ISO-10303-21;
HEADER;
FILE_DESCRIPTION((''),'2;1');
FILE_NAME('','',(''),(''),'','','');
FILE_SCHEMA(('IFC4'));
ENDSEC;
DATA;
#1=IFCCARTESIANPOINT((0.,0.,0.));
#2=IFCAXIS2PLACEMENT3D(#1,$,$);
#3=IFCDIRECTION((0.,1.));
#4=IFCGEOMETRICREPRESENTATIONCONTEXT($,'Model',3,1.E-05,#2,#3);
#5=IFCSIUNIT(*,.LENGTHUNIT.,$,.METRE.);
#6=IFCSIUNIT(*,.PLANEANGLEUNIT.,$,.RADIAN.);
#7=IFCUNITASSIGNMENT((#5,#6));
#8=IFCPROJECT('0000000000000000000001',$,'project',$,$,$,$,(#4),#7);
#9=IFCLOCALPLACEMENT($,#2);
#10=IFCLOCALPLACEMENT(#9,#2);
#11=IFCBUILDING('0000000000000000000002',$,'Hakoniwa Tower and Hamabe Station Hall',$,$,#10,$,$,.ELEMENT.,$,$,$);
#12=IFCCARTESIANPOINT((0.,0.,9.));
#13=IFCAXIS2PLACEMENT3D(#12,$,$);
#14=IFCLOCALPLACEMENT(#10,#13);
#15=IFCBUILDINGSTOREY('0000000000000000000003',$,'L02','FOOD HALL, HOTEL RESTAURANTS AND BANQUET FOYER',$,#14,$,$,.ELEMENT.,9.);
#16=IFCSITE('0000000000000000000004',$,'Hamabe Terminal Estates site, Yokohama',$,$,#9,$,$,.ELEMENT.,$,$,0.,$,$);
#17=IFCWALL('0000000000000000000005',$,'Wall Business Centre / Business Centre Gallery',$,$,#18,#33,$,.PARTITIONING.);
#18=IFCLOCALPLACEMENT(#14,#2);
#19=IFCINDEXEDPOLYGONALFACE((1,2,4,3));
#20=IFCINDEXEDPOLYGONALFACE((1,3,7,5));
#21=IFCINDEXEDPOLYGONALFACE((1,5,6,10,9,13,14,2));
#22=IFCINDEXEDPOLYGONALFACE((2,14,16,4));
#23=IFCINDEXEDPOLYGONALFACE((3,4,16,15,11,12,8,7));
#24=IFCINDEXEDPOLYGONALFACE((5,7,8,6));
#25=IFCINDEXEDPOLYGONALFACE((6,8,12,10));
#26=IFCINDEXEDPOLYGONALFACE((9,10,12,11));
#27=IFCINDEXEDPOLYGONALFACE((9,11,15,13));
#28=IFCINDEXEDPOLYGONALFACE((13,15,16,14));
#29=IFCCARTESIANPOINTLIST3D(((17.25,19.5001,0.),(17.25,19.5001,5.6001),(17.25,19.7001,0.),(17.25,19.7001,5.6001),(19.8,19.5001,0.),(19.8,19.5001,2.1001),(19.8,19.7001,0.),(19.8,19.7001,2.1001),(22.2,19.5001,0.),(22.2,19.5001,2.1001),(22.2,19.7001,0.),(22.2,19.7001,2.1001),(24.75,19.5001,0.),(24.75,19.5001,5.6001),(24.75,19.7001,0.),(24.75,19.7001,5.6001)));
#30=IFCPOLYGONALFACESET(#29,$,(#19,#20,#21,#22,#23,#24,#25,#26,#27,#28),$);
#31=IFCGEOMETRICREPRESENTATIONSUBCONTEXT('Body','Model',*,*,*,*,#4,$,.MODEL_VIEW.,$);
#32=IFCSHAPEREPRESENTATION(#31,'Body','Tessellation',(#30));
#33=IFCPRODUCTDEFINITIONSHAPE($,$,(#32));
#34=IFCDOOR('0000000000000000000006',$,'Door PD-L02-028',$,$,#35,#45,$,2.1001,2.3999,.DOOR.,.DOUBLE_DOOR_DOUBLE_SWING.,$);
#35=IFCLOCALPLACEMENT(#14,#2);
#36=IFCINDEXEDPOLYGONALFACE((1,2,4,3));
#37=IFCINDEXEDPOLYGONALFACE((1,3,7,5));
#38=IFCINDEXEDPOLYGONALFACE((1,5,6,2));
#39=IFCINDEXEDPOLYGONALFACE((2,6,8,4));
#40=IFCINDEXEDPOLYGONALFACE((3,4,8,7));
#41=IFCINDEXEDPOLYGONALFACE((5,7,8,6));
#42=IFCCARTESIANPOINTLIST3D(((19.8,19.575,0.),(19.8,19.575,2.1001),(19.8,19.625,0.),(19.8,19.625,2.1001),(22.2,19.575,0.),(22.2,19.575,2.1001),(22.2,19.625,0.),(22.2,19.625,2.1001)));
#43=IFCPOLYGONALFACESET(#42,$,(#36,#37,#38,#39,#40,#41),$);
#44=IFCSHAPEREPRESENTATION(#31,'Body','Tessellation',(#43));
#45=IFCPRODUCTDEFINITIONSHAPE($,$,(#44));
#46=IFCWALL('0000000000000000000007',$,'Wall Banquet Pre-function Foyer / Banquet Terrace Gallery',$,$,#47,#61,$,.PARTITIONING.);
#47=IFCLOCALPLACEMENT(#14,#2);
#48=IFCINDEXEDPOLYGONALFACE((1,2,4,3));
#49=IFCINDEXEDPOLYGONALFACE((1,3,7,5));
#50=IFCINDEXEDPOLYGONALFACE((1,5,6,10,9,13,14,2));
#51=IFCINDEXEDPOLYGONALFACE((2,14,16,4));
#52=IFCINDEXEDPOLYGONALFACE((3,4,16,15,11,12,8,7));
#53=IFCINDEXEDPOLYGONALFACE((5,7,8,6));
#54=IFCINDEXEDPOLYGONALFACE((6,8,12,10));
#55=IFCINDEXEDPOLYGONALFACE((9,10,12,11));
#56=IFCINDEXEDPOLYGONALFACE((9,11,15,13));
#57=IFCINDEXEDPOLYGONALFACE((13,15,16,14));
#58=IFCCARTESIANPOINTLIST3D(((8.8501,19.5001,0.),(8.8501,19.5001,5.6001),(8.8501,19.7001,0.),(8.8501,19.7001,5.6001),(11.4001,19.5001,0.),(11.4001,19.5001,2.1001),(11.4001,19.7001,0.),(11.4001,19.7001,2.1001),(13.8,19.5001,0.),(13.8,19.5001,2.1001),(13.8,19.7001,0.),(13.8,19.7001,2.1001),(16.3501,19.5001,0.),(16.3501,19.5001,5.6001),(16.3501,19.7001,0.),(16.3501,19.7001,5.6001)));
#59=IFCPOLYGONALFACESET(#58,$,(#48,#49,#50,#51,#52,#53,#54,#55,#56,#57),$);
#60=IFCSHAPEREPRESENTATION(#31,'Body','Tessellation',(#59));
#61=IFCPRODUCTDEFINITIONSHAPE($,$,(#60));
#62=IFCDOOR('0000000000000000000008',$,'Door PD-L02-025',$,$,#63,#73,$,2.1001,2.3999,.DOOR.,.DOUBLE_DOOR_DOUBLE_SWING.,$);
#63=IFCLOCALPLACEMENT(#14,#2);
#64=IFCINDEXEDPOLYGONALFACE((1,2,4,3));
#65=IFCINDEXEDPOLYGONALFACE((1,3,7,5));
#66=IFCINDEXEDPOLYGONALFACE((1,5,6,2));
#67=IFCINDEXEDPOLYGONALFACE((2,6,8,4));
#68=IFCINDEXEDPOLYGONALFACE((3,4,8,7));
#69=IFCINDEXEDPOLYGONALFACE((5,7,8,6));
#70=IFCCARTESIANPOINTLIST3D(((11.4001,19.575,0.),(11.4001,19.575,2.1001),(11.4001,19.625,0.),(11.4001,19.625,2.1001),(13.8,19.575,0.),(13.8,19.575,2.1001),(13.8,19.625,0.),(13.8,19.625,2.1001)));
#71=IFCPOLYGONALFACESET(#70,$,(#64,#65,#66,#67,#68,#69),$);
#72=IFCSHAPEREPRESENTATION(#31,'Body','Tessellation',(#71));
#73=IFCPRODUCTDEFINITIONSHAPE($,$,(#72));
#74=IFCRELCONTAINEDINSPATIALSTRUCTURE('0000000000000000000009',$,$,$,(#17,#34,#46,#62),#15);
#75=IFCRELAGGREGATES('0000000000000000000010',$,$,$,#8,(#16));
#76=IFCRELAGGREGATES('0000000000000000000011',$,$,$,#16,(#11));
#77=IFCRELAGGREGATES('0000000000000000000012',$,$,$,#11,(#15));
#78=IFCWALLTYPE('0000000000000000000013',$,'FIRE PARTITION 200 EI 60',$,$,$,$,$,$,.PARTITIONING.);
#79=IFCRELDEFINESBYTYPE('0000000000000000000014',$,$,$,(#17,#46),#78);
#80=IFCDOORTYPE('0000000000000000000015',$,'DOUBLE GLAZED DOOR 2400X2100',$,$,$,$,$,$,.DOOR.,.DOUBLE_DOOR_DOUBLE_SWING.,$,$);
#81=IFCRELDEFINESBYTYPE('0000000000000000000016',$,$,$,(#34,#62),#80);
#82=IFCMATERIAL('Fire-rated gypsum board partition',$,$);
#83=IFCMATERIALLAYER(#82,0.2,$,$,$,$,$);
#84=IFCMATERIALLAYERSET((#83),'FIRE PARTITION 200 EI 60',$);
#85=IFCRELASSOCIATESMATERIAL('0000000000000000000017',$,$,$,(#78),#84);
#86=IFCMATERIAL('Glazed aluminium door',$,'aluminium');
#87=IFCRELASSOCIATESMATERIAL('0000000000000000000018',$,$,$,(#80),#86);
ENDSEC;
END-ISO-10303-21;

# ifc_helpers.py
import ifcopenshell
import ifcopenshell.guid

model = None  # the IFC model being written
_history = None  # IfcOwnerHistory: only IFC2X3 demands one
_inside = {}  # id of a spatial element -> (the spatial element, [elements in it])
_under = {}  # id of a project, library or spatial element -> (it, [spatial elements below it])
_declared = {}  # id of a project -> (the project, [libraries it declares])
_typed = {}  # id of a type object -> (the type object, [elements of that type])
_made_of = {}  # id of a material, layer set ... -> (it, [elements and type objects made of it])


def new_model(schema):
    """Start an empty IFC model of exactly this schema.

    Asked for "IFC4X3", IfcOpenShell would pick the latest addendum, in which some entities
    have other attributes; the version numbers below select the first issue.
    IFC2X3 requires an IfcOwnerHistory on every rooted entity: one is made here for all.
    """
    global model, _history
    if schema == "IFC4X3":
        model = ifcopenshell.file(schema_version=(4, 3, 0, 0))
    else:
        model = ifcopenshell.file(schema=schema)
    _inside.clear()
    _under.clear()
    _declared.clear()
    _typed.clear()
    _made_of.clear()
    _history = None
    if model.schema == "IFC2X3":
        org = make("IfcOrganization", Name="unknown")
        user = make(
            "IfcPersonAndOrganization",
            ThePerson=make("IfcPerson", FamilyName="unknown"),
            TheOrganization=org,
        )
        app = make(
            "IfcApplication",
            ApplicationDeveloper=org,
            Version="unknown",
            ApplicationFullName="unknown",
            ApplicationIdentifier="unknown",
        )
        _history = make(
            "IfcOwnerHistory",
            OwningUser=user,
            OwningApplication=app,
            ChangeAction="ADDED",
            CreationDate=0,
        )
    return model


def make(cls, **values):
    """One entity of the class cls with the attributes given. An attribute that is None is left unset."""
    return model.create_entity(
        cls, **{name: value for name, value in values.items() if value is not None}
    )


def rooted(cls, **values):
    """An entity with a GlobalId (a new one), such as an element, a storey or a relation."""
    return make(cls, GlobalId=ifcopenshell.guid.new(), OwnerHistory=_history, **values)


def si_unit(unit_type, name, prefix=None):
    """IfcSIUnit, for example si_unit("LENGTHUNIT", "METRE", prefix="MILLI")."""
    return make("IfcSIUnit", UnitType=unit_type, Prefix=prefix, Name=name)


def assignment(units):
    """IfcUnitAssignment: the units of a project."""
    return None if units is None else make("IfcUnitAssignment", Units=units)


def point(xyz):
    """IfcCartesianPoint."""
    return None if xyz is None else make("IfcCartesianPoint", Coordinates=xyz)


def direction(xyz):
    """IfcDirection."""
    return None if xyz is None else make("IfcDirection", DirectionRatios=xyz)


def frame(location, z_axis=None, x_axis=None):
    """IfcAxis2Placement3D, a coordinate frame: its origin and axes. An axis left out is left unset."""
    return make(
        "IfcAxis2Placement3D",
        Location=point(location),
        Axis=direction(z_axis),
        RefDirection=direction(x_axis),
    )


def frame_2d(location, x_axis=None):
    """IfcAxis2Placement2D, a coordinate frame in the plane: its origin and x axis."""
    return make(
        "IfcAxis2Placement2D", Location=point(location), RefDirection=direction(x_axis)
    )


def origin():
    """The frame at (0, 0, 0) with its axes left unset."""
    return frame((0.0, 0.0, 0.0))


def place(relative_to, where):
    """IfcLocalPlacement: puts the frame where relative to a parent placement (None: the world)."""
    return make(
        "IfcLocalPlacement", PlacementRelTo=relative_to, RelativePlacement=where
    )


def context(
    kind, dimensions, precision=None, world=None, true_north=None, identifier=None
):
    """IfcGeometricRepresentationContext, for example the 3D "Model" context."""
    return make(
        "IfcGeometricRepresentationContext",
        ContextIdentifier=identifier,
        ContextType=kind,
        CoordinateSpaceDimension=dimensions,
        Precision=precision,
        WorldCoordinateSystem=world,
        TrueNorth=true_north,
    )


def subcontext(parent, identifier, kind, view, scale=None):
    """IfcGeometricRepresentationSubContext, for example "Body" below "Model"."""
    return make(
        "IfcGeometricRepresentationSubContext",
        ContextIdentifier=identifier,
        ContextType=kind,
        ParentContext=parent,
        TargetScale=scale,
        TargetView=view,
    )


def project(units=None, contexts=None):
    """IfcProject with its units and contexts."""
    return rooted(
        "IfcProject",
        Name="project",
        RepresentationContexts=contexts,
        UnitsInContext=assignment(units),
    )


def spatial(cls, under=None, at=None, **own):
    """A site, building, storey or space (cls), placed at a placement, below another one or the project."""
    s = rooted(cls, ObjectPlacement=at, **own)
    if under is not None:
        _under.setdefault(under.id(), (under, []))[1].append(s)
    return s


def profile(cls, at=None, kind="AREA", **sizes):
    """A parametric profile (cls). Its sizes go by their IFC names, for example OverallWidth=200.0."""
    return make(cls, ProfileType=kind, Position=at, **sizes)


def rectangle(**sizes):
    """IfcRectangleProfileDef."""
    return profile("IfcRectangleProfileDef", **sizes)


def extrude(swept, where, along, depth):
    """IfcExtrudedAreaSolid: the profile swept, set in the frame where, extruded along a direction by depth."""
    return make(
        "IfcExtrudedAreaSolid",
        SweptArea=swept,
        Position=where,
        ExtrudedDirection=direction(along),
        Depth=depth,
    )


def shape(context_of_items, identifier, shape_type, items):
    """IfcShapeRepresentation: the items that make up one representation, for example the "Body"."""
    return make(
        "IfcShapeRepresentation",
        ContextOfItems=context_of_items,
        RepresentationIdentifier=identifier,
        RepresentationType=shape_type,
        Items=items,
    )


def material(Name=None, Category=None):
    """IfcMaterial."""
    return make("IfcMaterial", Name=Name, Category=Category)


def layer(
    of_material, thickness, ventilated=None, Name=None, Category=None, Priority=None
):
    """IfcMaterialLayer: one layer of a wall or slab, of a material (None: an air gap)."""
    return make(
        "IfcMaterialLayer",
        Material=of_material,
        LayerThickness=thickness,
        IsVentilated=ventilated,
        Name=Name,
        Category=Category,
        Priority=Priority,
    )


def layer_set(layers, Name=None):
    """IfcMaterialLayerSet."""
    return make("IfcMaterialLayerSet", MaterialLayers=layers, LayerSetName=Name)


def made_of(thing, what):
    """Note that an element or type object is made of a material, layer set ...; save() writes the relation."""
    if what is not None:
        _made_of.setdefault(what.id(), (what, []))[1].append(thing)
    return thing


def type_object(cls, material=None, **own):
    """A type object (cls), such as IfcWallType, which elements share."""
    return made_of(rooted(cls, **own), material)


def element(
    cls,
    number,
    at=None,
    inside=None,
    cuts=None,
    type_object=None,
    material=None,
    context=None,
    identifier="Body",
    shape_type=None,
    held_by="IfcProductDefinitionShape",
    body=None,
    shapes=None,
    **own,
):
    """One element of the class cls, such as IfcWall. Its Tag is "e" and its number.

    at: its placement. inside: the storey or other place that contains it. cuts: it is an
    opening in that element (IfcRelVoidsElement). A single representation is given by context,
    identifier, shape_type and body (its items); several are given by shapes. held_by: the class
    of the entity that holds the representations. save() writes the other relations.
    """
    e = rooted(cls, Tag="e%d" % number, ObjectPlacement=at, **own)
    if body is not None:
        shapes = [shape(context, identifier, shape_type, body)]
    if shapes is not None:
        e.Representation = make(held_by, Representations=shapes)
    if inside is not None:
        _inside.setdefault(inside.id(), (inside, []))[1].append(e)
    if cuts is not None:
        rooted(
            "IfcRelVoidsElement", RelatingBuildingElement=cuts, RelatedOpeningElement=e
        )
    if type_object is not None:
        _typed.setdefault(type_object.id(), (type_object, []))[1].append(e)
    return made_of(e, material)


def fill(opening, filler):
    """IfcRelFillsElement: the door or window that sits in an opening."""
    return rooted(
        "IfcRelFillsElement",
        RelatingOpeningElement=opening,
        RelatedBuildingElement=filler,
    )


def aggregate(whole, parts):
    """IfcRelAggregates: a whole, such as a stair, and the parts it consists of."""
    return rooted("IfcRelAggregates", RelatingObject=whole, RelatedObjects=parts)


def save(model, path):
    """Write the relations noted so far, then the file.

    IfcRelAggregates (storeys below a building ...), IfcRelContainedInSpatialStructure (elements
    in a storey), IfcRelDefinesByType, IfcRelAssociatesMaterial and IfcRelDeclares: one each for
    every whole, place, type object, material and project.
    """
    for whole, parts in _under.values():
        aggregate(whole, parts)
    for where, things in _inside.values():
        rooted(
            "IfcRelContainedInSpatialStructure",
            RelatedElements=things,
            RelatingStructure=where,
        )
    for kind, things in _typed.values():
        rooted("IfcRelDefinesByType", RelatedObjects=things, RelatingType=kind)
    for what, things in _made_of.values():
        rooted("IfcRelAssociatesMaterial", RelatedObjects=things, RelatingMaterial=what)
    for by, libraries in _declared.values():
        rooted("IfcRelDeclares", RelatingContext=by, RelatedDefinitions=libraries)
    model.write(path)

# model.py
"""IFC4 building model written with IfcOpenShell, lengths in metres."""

from ifc_helpers import new_model, si_unit, direction, frame, frame_2d, origin, place, context, subcontext, project, spatial, rectangle, extrude, material, layer, layer_set, type_object, element, fill, save


model = new_model("IFC4")

# Units and contexts
model_context = context("Model", 3, precision=1e-05, world=origin(), true_north=direction((0.0, 1.0)))
body_context = subcontext(model_context, "Body", "Model", "MODEL_VIEW")
ifc_project = project(units=[si_unit("LENGTHUNIT", "METRE"), si_unit("PLANEANGLEUNIT", "RADIAN")], contexts=[model_context])

# Site, building, storey
site_placement = place(None, origin())
site = spatial("IfcSite", under=ifc_project, at=site_placement, Name="Hamabe Terminal Estates site, Yokohama", CompositionType="ELEMENT", RefElevation=0.0)
building_placement = place(site_placement, origin())
building = spatial("IfcBuilding", under=site, at=building_placement, Name="Hakoniwa Tower and Hamabe Station Hall", CompositionType="ELEMENT")
storey_placement = place(building_placement, frame((0.0, 0.0, 9.0)))
storey = spatial("IfcBuildingStorey", under=building, at=storey_placement, Name="L02", Description="FOOD HALL, HOTEL RESTAURANTS AND BANQUET FOYER", CompositionType="ELEMENT", Elevation=9.0)

# Walls, openings, doors
ifc_material_1 = material(Name="Fire-rated gypsum board partition")
ifc_layer_1 = layer(ifc_material_1, 0.2)
ifc_layer_set_1 = layer_set([ifc_layer_1], Name="FIRE PARTITION 200 EI 60")
wall_type = type_object("IfcWallType", Name="FIRE PARTITION 200 EI 60", PredefinedType="PARTITIONING", material=ifc_layer_set_1)
wall_1_placement = place(storey_placement, frame((17.25, 19.6001, 0.0), z_axis=(0.0, 0.0, 1.0), x_axis=(1.0, 0.0, 0.0)))
wall_1 = element("IfcWall", 1, at=wall_1_placement, inside=storey, type_object=wall_type, Name="Wall Business Centre / Business Centre Gallery", PredefinedType="PARTITIONING", context=body_context, shape_type="SweptSolid", body=[
    extrude(rectangle(XDim=7.5, YDim=0.2, at=frame_2d((3.75, 0.0))), origin(), (0.0, 0.0, 1.0), 5.6001),
])
opening_1_placement = place(wall_1_placement, frame((2.55, 0.0, 0.0)))
opening_1 = element("IfcOpeningElement", 2, at=opening_1_placement, cuts=wall_1, PredefinedType="OPENING", context=body_context, shape_type="SweptSolid", body=[
    extrude(rectangle(XDim=2.3999, YDim=2.1001, at=frame_2d((1.2, 1.05))), frame((0.0, 0.1099, 0.0), z_axis=(0.0, -1.0, 0.0), x_axis=(1.0, 0.0, 0.0)), (0.0, 0.0, 1.0), 0.22),
])
ifc_material_2 = material(Name="Glazed aluminium door", Category="aluminium")
door_type_1 = type_object("IfcDoorType", Name="DOUBLE GLAZED DOOR 2400X2100", OperationType="DOUBLE_DOOR_DOUBLE_SWING", PredefinedType="DOOR", material=ifc_material_2)
door_1_placement = place(opening_1_placement, origin())
door_1 = element("IfcDoor", 3, at=door_1_placement, inside=storey, type_object=door_type_1, Name="Door PD-L02-028", OperationType="DOUBLE_DOOR_DOUBLE_SWING", OverallHeight=2.1001, OverallWidth=2.3999, PredefinedType="DOOR", context=body_context, shape_type="SweptSolid", body=[
    extrude(rectangle(XDim=2.3999, YDim=2.1001, at=frame_2d((1.2, 1.05))), frame((0.0, 0.0249, 0.0), z_axis=(0.0, -1.0, 0.0), x_axis=(1.0, 0.0, 0.0)), (0.0, 0.0, 1.0), 0.05),
])
fill(opening_1, door_1)
wall_2_placement = place(storey_placement, frame((8.8501, 19.6001, 0.0), z_axis=(0.0, 0.0, 1.0), x_axis=(1.0, 0.0, 0.0)))
wall_2 = element("IfcWall", 4, at=wall_2_placement, inside=storey, type_object=wall_type, Name="Wall Banquet Pre-function Foyer / Banquet Terrace Gallery", PredefinedType="PARTITIONING", context=body_context, shape_type="SweptSolid", body=[
    extrude(rectangle(XDim=7.5, YDim=0.2, at=frame_2d((3.75, 0.0))), origin(), (0.0, 0.0, 1.0), 5.6001),
])
opening_2_placement = place(wall_2_placement, frame((2.55, 0.0, 0.0)))
opening_2 = element("IfcOpeningElement", 5, at=opening_2_placement, cuts=wall_2, PredefinedType="OPENING", context=body_context, shape_type="SweptSolid", body=[
    extrude(rectangle(XDim=2.3999, YDim=2.1001, at=frame_2d((1.2, 1.05))), frame((0.0, 0.1099, 0.0), z_axis=(0.0, -1.0, 0.0), x_axis=(1.0, 0.0, 0.0)), (0.0, 0.0, 1.0), 0.22),
])
door_2_placement = place(opening_2_placement, origin())
door_2 = element("IfcDoor", 6, at=door_2_placement, inside=storey, type_object=door_type_1, Name="Door PD-L02-025", OperationType="DOUBLE_DOOR_DOUBLE_SWING", OverallHeight=2.1001, OverallWidth=2.3999, PredefinedType="DOOR", context=body_context, shape_type="SweptSolid", body=[
    extrude(rectangle(XDim=2.3999, YDim=2.1001, at=frame_2d((1.2, 1.05))), frame((0.0, 0.0249, 0.0), z_axis=(0.0, -1.0, 0.0), x_axis=(1.0, 0.0, 0.0)), (0.0, 0.0, 1.0), 0.05),
])
fill(opening_2, door_2)

save(model, "model.ifc")
